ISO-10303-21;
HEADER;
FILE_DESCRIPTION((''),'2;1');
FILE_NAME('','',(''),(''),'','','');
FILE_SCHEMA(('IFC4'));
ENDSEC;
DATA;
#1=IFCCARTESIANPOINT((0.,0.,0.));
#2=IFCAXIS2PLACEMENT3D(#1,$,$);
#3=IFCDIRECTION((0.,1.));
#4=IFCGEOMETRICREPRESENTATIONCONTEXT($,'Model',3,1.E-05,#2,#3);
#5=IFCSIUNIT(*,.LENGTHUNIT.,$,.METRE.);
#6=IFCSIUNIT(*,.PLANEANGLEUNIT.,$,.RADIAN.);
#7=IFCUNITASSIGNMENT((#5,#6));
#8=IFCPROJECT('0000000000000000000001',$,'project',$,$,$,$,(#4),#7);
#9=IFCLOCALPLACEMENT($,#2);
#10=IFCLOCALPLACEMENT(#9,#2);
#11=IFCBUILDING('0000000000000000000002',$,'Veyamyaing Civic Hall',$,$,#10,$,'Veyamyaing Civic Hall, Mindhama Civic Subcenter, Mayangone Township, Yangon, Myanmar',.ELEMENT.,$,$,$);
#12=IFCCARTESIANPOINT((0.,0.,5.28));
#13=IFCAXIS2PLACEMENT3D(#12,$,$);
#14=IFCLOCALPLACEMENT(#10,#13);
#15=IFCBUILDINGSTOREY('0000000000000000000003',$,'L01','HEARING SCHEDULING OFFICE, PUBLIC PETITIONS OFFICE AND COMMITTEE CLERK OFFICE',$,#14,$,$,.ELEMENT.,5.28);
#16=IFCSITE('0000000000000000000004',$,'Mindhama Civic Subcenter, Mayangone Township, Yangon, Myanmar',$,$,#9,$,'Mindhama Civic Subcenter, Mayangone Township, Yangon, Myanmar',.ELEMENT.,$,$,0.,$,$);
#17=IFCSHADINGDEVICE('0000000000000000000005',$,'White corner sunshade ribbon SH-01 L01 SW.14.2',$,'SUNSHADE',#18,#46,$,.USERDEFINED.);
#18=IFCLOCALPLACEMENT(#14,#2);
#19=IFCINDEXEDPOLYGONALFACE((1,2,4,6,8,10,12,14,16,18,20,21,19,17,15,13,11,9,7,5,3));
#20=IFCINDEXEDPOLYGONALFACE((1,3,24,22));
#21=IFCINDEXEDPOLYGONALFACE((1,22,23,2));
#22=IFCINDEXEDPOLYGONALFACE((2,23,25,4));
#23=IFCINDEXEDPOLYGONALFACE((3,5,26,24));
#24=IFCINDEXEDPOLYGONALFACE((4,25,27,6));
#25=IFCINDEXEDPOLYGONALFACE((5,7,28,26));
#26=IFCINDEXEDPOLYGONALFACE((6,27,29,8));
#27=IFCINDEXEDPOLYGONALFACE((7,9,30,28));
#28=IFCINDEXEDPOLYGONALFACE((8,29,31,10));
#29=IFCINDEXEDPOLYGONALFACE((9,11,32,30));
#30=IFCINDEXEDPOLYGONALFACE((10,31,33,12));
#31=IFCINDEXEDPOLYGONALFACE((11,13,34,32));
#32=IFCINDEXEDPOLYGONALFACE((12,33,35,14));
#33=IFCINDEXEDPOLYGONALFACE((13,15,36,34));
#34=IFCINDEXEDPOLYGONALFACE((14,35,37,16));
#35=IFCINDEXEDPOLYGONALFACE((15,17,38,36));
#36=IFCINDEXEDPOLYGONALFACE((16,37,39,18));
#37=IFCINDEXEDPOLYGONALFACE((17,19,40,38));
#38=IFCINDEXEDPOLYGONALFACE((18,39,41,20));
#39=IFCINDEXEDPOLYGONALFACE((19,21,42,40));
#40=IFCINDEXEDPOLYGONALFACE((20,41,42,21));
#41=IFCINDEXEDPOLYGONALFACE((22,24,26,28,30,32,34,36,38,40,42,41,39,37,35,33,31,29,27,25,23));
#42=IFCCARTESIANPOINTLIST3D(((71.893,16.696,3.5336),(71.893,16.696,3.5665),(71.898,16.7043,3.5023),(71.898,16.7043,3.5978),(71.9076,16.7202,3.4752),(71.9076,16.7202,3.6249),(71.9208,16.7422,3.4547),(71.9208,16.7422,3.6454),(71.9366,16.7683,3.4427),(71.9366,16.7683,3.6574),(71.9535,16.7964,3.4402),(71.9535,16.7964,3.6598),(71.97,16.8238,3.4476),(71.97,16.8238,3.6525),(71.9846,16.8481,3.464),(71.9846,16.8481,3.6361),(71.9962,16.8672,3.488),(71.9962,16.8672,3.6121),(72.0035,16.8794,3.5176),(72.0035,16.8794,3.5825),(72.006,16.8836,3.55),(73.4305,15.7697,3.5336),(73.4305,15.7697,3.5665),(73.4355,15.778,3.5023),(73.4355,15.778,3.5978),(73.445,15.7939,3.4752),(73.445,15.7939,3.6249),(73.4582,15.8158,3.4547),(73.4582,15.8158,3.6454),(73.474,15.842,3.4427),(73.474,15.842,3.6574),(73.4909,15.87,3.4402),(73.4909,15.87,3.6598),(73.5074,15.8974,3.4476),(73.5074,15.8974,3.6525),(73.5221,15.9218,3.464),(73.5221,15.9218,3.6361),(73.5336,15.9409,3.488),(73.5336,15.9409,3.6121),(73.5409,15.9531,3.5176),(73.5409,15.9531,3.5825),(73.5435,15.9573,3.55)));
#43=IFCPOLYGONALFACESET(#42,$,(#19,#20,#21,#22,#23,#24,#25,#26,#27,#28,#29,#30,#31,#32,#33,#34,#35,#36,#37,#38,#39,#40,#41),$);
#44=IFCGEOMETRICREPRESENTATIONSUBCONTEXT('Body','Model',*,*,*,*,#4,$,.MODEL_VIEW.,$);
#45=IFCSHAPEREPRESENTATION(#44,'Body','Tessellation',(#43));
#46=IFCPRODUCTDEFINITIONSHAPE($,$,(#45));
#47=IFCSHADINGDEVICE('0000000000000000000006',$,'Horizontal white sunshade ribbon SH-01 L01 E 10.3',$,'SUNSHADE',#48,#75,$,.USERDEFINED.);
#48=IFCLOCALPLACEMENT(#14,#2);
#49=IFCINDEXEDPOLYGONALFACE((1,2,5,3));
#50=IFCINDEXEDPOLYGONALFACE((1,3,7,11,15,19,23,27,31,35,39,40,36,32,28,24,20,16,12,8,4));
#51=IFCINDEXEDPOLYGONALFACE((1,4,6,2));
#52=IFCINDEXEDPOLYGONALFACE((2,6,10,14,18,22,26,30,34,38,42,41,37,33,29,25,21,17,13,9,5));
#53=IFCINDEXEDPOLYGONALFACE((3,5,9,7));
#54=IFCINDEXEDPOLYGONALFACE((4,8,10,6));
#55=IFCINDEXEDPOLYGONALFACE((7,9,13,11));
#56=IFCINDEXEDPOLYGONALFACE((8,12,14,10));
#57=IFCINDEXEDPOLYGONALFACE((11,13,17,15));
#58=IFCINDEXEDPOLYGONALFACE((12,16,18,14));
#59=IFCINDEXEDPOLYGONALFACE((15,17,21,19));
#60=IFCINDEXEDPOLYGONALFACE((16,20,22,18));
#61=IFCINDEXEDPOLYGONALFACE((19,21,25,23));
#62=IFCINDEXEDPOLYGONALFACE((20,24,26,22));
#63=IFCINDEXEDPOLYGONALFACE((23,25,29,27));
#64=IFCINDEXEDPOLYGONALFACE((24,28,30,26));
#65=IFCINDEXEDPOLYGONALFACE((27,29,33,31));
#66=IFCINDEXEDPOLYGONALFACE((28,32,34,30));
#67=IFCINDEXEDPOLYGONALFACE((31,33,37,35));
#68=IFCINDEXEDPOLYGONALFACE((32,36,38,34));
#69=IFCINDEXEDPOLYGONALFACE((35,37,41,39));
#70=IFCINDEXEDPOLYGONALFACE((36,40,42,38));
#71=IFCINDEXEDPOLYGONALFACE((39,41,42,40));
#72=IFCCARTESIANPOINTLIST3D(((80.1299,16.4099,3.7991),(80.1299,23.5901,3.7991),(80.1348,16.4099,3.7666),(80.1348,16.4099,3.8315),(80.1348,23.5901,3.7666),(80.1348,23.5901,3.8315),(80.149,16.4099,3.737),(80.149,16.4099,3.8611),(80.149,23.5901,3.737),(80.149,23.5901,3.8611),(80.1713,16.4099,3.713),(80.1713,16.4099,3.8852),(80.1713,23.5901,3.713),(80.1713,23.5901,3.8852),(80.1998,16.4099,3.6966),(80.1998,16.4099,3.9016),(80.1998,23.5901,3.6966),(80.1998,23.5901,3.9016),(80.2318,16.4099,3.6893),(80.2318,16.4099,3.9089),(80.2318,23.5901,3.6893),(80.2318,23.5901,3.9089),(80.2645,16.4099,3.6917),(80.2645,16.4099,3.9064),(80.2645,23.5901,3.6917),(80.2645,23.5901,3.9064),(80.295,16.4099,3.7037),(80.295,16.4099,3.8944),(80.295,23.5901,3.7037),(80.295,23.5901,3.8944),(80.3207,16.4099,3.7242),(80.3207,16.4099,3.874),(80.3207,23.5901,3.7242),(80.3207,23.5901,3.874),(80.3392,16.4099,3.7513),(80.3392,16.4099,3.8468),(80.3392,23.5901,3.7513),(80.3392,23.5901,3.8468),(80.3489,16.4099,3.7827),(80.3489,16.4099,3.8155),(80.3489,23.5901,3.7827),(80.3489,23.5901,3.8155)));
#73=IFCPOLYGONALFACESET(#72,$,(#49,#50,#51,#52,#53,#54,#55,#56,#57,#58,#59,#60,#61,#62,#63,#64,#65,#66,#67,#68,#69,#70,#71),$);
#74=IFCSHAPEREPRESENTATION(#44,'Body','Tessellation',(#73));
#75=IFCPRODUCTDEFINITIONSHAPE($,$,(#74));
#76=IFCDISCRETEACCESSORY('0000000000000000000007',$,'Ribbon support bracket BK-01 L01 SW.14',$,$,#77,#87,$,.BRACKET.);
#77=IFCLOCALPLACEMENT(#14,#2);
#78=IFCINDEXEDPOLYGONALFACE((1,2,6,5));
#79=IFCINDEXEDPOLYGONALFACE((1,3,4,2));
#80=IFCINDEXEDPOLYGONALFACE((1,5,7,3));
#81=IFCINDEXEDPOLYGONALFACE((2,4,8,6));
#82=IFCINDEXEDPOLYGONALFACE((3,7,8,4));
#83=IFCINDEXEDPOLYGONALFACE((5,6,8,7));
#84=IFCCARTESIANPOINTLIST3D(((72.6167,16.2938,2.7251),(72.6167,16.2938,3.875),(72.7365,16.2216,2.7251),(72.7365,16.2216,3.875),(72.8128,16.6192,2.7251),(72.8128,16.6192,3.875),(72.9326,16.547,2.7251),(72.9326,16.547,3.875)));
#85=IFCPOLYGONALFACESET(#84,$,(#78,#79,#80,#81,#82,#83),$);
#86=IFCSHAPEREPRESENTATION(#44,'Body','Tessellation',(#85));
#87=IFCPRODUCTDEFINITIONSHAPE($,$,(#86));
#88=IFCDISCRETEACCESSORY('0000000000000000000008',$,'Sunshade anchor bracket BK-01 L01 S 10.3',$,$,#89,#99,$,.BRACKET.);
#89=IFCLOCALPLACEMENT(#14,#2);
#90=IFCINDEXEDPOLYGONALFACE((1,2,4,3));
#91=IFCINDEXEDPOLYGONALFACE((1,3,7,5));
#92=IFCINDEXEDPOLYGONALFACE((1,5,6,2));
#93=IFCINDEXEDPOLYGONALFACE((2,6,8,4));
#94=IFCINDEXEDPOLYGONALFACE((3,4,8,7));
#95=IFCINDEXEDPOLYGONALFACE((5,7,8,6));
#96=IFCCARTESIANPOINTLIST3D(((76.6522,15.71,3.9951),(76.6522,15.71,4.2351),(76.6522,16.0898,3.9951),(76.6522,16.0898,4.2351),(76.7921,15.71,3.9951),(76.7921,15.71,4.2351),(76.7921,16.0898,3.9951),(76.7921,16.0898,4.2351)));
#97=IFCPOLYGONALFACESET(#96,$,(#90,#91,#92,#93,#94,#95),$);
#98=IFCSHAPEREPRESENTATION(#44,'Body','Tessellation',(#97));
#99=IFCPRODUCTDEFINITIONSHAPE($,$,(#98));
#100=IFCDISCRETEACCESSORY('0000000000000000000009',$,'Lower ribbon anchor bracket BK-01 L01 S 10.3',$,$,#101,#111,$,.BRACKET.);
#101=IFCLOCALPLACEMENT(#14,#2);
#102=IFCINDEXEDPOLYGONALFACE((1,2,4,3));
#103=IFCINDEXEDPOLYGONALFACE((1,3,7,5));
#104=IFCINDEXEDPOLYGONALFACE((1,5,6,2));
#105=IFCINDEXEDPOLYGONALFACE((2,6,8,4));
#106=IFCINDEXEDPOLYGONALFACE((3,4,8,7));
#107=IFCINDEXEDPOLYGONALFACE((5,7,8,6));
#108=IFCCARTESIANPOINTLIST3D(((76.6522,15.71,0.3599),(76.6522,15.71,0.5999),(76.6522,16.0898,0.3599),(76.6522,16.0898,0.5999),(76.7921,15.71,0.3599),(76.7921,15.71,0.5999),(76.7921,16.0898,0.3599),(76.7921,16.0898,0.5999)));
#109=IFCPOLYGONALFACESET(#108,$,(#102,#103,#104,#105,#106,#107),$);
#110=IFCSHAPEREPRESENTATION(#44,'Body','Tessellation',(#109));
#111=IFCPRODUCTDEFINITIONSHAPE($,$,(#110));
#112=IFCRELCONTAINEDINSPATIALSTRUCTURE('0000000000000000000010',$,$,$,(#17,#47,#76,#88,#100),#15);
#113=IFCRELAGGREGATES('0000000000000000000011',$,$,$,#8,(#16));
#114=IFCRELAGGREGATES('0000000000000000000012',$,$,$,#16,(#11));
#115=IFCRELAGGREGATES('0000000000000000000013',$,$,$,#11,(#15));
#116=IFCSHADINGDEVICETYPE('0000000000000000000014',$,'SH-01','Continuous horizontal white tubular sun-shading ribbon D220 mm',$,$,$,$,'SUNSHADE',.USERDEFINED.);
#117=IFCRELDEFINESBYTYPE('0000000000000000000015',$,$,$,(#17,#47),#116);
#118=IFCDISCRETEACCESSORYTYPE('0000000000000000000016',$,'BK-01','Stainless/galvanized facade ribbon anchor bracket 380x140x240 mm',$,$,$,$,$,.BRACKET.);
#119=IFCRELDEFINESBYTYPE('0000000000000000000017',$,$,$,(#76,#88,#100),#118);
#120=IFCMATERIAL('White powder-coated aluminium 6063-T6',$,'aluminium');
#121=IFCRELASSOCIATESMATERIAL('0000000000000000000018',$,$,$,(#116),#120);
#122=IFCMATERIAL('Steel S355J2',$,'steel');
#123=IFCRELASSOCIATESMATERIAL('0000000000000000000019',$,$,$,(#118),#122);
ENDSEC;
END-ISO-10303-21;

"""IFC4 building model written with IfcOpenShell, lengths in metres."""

from ifc_helpers import new_model, si_unit, direction, frame, origin, origin_2d, place, context, subcontext, project, spatial, rectangle, circle, extrude, material, material_profile, profile_set, type_object, element, save


model = new_model("IFC4")

# Units and contexts
model_context = context("Model", 3, precision=1e-05, world=origin(), true_north=direction((0.0, 1.0)))
body_context = subcontext(model_context, "Body", "Model", "MODEL_VIEW")
ifc_project = project(units=[si_unit("LENGTHUNIT", "METRE"), si_unit("PLANEANGLEUNIT", "RADIAN")], contexts=[model_context])

# Site, building, storey
site_placement = place(None, origin())
site = spatial("IfcSite", under=ifc_project, at=site_placement, Name="Mindhama Civic Subcenter, Mayangone Township, Yangon, Myanmar", LongName="Mindhama Civic Subcenter, Mayangone Township, Yangon, Myanmar", CompositionType="ELEMENT", RefElevation=0.0)
building_placement = place(site_placement, origin())
building = spatial("IfcBuilding", under=site, at=building_placement, Name="Veyamyaing Civic Hall", LongName="Veyamyaing Civic Hall, Mindhama Civic Subcenter, Mayangone Township, Yangon, Myanmar", CompositionType="ELEMENT")
storey_placement = place(building_placement, frame((0.0, 0.0, 5.28)))
storey = spatial("IfcBuildingStorey", under=building, at=storey_placement, Name="L01", Description="HEARING SCHEDULING OFFICE, PUBLIC PETITIONS OFFICE AND COMMITTEE CLERK OFFICE", CompositionType="ELEMENT", Elevation=5.28)

# Shared definitions
ifc_material_1 = material(Name="White powder-coated aluminium 6063-T6", Category="aluminium")

# Shared definitions
ifc_material_2 = material(Name="Steel S355J2", Category="steel")

# Shading devices
ifc_material_profile_1 = material_profile(ifc_material_1, circle(Radius=0.1101, at=origin_2d()), Name="SHADE-TUBE-220")
ifc_profile_set_1 = profile_set([ifc_material_profile_1], Name="White powder-coated aluminium 6063-T6")
shading_device_type = type_object("IfcShadingDeviceType", Name="SH-01", Description="Continuous horizontal white tubular sun-shading ribbon D220 mm", ElementType="SUNSHADE", PredefinedType="USERDEFINED", material=ifc_profile_set_1)
for number, where, z_axis, x_axis, name in (
    (1, (71.9492, 16.7893, 3.55), (0.856543, -0.516075, 0.0), (0.516075, 0.856543, 0.0), "White corner sunshade ribbon SH-01 L01 SW.14.2"),
):
    element("IfcShadingDevice", number, at=place(storey_placement, frame(where, z_axis=z_axis, x_axis=x_axis)), inside=storey, type_object=shading_device_type, Name=name, ObjectType="SUNSHADE", PredefinedType="USERDEFINED", context=body_context, shape_type="SweptSolid", body=[
        extrude(circle(Radius=0.1101, at=origin_2d()), origin(), (0.0, 0.0, 1.0), 1.7949),
    ])
shading_device_placement = place(storey_placement, frame((80.24, 16.4099, 3.7991), z_axis=(0.0, 1.0, 0.0), x_axis=(-1.0, 0.0, 0.0)))
element("IfcShadingDevice", 2, at=shading_device_placement, inside=storey, type_object=shading_device_type, Name="Horizontal white sunshade ribbon SH-01 L01 E 10.3", ObjectType="SUNSHADE", PredefinedType="USERDEFINED", context=body_context, shape_type="SweptSolid", body=[
    extrude(circle(Radius=0.1101, at=origin_2d()), origin(), (0.0, 0.0, 1.0), 7.1802),
])

# Discrete accessories
discrete_accessory_type = type_object("IfcDiscreteAccessoryType", Name="BK-01", Description="Stainless/galvanized facade ribbon anchor bracket 380x140x240 mm", PredefinedType="BRACKET", material=ifc_material_2)
discrete_accessory_placement = place(storey_placement, frame((72.7747, 16.4204, 2.7251), z_axis=(0.0, 0.0, 1.0), x_axis=(-0.516106, -0.856525, 0.0)))
element("IfcDiscreteAccessory", 3, at=discrete_accessory_placement, inside=storey, type_object=discrete_accessory_type, Name="Ribbon support bracket BK-01 L01 SW.14", PredefinedType="BRACKET", context=body_context, shape_type="SweptSolid", body=[
    extrude(rectangle(XDim=0.3799, YDim=0.1399, at=origin_2d()), origin(), (0.0, 0.0, 1.0), 1.1499),
])
for number, where, z_axis, x_axis, name in (
    (4, (76.7222, 15.8999, 3.9951), (0.0, 0.0, 1.0), (0.0, -1.0, 0.0), "Sunshade anchor bracket BK-01 L01 S 10.3"),
    (5, (76.7222, 15.8999, 0.3599), (0.0, 0.0, 1.0), (0.0, -1.0, 0.0), "Lower ribbon anchor bracket BK-01 L01 S 10.3"),
):
    element("IfcDiscreteAccessory", number, at=place(storey_placement, frame(where, z_axis=z_axis, x_axis=x_axis)), inside=storey, type_object=discrete_accessory_type, Name=name, PredefinedType="BRACKET", context=body_context, shape_type="SweptSolid", body=[
        extrude(rectangle(XDim=0.3799, YDim=0.1399, at=origin_2d()), origin(), (0.0, 0.0, 1.0), 0.24),
    ])

save(model, "model.ifc")
